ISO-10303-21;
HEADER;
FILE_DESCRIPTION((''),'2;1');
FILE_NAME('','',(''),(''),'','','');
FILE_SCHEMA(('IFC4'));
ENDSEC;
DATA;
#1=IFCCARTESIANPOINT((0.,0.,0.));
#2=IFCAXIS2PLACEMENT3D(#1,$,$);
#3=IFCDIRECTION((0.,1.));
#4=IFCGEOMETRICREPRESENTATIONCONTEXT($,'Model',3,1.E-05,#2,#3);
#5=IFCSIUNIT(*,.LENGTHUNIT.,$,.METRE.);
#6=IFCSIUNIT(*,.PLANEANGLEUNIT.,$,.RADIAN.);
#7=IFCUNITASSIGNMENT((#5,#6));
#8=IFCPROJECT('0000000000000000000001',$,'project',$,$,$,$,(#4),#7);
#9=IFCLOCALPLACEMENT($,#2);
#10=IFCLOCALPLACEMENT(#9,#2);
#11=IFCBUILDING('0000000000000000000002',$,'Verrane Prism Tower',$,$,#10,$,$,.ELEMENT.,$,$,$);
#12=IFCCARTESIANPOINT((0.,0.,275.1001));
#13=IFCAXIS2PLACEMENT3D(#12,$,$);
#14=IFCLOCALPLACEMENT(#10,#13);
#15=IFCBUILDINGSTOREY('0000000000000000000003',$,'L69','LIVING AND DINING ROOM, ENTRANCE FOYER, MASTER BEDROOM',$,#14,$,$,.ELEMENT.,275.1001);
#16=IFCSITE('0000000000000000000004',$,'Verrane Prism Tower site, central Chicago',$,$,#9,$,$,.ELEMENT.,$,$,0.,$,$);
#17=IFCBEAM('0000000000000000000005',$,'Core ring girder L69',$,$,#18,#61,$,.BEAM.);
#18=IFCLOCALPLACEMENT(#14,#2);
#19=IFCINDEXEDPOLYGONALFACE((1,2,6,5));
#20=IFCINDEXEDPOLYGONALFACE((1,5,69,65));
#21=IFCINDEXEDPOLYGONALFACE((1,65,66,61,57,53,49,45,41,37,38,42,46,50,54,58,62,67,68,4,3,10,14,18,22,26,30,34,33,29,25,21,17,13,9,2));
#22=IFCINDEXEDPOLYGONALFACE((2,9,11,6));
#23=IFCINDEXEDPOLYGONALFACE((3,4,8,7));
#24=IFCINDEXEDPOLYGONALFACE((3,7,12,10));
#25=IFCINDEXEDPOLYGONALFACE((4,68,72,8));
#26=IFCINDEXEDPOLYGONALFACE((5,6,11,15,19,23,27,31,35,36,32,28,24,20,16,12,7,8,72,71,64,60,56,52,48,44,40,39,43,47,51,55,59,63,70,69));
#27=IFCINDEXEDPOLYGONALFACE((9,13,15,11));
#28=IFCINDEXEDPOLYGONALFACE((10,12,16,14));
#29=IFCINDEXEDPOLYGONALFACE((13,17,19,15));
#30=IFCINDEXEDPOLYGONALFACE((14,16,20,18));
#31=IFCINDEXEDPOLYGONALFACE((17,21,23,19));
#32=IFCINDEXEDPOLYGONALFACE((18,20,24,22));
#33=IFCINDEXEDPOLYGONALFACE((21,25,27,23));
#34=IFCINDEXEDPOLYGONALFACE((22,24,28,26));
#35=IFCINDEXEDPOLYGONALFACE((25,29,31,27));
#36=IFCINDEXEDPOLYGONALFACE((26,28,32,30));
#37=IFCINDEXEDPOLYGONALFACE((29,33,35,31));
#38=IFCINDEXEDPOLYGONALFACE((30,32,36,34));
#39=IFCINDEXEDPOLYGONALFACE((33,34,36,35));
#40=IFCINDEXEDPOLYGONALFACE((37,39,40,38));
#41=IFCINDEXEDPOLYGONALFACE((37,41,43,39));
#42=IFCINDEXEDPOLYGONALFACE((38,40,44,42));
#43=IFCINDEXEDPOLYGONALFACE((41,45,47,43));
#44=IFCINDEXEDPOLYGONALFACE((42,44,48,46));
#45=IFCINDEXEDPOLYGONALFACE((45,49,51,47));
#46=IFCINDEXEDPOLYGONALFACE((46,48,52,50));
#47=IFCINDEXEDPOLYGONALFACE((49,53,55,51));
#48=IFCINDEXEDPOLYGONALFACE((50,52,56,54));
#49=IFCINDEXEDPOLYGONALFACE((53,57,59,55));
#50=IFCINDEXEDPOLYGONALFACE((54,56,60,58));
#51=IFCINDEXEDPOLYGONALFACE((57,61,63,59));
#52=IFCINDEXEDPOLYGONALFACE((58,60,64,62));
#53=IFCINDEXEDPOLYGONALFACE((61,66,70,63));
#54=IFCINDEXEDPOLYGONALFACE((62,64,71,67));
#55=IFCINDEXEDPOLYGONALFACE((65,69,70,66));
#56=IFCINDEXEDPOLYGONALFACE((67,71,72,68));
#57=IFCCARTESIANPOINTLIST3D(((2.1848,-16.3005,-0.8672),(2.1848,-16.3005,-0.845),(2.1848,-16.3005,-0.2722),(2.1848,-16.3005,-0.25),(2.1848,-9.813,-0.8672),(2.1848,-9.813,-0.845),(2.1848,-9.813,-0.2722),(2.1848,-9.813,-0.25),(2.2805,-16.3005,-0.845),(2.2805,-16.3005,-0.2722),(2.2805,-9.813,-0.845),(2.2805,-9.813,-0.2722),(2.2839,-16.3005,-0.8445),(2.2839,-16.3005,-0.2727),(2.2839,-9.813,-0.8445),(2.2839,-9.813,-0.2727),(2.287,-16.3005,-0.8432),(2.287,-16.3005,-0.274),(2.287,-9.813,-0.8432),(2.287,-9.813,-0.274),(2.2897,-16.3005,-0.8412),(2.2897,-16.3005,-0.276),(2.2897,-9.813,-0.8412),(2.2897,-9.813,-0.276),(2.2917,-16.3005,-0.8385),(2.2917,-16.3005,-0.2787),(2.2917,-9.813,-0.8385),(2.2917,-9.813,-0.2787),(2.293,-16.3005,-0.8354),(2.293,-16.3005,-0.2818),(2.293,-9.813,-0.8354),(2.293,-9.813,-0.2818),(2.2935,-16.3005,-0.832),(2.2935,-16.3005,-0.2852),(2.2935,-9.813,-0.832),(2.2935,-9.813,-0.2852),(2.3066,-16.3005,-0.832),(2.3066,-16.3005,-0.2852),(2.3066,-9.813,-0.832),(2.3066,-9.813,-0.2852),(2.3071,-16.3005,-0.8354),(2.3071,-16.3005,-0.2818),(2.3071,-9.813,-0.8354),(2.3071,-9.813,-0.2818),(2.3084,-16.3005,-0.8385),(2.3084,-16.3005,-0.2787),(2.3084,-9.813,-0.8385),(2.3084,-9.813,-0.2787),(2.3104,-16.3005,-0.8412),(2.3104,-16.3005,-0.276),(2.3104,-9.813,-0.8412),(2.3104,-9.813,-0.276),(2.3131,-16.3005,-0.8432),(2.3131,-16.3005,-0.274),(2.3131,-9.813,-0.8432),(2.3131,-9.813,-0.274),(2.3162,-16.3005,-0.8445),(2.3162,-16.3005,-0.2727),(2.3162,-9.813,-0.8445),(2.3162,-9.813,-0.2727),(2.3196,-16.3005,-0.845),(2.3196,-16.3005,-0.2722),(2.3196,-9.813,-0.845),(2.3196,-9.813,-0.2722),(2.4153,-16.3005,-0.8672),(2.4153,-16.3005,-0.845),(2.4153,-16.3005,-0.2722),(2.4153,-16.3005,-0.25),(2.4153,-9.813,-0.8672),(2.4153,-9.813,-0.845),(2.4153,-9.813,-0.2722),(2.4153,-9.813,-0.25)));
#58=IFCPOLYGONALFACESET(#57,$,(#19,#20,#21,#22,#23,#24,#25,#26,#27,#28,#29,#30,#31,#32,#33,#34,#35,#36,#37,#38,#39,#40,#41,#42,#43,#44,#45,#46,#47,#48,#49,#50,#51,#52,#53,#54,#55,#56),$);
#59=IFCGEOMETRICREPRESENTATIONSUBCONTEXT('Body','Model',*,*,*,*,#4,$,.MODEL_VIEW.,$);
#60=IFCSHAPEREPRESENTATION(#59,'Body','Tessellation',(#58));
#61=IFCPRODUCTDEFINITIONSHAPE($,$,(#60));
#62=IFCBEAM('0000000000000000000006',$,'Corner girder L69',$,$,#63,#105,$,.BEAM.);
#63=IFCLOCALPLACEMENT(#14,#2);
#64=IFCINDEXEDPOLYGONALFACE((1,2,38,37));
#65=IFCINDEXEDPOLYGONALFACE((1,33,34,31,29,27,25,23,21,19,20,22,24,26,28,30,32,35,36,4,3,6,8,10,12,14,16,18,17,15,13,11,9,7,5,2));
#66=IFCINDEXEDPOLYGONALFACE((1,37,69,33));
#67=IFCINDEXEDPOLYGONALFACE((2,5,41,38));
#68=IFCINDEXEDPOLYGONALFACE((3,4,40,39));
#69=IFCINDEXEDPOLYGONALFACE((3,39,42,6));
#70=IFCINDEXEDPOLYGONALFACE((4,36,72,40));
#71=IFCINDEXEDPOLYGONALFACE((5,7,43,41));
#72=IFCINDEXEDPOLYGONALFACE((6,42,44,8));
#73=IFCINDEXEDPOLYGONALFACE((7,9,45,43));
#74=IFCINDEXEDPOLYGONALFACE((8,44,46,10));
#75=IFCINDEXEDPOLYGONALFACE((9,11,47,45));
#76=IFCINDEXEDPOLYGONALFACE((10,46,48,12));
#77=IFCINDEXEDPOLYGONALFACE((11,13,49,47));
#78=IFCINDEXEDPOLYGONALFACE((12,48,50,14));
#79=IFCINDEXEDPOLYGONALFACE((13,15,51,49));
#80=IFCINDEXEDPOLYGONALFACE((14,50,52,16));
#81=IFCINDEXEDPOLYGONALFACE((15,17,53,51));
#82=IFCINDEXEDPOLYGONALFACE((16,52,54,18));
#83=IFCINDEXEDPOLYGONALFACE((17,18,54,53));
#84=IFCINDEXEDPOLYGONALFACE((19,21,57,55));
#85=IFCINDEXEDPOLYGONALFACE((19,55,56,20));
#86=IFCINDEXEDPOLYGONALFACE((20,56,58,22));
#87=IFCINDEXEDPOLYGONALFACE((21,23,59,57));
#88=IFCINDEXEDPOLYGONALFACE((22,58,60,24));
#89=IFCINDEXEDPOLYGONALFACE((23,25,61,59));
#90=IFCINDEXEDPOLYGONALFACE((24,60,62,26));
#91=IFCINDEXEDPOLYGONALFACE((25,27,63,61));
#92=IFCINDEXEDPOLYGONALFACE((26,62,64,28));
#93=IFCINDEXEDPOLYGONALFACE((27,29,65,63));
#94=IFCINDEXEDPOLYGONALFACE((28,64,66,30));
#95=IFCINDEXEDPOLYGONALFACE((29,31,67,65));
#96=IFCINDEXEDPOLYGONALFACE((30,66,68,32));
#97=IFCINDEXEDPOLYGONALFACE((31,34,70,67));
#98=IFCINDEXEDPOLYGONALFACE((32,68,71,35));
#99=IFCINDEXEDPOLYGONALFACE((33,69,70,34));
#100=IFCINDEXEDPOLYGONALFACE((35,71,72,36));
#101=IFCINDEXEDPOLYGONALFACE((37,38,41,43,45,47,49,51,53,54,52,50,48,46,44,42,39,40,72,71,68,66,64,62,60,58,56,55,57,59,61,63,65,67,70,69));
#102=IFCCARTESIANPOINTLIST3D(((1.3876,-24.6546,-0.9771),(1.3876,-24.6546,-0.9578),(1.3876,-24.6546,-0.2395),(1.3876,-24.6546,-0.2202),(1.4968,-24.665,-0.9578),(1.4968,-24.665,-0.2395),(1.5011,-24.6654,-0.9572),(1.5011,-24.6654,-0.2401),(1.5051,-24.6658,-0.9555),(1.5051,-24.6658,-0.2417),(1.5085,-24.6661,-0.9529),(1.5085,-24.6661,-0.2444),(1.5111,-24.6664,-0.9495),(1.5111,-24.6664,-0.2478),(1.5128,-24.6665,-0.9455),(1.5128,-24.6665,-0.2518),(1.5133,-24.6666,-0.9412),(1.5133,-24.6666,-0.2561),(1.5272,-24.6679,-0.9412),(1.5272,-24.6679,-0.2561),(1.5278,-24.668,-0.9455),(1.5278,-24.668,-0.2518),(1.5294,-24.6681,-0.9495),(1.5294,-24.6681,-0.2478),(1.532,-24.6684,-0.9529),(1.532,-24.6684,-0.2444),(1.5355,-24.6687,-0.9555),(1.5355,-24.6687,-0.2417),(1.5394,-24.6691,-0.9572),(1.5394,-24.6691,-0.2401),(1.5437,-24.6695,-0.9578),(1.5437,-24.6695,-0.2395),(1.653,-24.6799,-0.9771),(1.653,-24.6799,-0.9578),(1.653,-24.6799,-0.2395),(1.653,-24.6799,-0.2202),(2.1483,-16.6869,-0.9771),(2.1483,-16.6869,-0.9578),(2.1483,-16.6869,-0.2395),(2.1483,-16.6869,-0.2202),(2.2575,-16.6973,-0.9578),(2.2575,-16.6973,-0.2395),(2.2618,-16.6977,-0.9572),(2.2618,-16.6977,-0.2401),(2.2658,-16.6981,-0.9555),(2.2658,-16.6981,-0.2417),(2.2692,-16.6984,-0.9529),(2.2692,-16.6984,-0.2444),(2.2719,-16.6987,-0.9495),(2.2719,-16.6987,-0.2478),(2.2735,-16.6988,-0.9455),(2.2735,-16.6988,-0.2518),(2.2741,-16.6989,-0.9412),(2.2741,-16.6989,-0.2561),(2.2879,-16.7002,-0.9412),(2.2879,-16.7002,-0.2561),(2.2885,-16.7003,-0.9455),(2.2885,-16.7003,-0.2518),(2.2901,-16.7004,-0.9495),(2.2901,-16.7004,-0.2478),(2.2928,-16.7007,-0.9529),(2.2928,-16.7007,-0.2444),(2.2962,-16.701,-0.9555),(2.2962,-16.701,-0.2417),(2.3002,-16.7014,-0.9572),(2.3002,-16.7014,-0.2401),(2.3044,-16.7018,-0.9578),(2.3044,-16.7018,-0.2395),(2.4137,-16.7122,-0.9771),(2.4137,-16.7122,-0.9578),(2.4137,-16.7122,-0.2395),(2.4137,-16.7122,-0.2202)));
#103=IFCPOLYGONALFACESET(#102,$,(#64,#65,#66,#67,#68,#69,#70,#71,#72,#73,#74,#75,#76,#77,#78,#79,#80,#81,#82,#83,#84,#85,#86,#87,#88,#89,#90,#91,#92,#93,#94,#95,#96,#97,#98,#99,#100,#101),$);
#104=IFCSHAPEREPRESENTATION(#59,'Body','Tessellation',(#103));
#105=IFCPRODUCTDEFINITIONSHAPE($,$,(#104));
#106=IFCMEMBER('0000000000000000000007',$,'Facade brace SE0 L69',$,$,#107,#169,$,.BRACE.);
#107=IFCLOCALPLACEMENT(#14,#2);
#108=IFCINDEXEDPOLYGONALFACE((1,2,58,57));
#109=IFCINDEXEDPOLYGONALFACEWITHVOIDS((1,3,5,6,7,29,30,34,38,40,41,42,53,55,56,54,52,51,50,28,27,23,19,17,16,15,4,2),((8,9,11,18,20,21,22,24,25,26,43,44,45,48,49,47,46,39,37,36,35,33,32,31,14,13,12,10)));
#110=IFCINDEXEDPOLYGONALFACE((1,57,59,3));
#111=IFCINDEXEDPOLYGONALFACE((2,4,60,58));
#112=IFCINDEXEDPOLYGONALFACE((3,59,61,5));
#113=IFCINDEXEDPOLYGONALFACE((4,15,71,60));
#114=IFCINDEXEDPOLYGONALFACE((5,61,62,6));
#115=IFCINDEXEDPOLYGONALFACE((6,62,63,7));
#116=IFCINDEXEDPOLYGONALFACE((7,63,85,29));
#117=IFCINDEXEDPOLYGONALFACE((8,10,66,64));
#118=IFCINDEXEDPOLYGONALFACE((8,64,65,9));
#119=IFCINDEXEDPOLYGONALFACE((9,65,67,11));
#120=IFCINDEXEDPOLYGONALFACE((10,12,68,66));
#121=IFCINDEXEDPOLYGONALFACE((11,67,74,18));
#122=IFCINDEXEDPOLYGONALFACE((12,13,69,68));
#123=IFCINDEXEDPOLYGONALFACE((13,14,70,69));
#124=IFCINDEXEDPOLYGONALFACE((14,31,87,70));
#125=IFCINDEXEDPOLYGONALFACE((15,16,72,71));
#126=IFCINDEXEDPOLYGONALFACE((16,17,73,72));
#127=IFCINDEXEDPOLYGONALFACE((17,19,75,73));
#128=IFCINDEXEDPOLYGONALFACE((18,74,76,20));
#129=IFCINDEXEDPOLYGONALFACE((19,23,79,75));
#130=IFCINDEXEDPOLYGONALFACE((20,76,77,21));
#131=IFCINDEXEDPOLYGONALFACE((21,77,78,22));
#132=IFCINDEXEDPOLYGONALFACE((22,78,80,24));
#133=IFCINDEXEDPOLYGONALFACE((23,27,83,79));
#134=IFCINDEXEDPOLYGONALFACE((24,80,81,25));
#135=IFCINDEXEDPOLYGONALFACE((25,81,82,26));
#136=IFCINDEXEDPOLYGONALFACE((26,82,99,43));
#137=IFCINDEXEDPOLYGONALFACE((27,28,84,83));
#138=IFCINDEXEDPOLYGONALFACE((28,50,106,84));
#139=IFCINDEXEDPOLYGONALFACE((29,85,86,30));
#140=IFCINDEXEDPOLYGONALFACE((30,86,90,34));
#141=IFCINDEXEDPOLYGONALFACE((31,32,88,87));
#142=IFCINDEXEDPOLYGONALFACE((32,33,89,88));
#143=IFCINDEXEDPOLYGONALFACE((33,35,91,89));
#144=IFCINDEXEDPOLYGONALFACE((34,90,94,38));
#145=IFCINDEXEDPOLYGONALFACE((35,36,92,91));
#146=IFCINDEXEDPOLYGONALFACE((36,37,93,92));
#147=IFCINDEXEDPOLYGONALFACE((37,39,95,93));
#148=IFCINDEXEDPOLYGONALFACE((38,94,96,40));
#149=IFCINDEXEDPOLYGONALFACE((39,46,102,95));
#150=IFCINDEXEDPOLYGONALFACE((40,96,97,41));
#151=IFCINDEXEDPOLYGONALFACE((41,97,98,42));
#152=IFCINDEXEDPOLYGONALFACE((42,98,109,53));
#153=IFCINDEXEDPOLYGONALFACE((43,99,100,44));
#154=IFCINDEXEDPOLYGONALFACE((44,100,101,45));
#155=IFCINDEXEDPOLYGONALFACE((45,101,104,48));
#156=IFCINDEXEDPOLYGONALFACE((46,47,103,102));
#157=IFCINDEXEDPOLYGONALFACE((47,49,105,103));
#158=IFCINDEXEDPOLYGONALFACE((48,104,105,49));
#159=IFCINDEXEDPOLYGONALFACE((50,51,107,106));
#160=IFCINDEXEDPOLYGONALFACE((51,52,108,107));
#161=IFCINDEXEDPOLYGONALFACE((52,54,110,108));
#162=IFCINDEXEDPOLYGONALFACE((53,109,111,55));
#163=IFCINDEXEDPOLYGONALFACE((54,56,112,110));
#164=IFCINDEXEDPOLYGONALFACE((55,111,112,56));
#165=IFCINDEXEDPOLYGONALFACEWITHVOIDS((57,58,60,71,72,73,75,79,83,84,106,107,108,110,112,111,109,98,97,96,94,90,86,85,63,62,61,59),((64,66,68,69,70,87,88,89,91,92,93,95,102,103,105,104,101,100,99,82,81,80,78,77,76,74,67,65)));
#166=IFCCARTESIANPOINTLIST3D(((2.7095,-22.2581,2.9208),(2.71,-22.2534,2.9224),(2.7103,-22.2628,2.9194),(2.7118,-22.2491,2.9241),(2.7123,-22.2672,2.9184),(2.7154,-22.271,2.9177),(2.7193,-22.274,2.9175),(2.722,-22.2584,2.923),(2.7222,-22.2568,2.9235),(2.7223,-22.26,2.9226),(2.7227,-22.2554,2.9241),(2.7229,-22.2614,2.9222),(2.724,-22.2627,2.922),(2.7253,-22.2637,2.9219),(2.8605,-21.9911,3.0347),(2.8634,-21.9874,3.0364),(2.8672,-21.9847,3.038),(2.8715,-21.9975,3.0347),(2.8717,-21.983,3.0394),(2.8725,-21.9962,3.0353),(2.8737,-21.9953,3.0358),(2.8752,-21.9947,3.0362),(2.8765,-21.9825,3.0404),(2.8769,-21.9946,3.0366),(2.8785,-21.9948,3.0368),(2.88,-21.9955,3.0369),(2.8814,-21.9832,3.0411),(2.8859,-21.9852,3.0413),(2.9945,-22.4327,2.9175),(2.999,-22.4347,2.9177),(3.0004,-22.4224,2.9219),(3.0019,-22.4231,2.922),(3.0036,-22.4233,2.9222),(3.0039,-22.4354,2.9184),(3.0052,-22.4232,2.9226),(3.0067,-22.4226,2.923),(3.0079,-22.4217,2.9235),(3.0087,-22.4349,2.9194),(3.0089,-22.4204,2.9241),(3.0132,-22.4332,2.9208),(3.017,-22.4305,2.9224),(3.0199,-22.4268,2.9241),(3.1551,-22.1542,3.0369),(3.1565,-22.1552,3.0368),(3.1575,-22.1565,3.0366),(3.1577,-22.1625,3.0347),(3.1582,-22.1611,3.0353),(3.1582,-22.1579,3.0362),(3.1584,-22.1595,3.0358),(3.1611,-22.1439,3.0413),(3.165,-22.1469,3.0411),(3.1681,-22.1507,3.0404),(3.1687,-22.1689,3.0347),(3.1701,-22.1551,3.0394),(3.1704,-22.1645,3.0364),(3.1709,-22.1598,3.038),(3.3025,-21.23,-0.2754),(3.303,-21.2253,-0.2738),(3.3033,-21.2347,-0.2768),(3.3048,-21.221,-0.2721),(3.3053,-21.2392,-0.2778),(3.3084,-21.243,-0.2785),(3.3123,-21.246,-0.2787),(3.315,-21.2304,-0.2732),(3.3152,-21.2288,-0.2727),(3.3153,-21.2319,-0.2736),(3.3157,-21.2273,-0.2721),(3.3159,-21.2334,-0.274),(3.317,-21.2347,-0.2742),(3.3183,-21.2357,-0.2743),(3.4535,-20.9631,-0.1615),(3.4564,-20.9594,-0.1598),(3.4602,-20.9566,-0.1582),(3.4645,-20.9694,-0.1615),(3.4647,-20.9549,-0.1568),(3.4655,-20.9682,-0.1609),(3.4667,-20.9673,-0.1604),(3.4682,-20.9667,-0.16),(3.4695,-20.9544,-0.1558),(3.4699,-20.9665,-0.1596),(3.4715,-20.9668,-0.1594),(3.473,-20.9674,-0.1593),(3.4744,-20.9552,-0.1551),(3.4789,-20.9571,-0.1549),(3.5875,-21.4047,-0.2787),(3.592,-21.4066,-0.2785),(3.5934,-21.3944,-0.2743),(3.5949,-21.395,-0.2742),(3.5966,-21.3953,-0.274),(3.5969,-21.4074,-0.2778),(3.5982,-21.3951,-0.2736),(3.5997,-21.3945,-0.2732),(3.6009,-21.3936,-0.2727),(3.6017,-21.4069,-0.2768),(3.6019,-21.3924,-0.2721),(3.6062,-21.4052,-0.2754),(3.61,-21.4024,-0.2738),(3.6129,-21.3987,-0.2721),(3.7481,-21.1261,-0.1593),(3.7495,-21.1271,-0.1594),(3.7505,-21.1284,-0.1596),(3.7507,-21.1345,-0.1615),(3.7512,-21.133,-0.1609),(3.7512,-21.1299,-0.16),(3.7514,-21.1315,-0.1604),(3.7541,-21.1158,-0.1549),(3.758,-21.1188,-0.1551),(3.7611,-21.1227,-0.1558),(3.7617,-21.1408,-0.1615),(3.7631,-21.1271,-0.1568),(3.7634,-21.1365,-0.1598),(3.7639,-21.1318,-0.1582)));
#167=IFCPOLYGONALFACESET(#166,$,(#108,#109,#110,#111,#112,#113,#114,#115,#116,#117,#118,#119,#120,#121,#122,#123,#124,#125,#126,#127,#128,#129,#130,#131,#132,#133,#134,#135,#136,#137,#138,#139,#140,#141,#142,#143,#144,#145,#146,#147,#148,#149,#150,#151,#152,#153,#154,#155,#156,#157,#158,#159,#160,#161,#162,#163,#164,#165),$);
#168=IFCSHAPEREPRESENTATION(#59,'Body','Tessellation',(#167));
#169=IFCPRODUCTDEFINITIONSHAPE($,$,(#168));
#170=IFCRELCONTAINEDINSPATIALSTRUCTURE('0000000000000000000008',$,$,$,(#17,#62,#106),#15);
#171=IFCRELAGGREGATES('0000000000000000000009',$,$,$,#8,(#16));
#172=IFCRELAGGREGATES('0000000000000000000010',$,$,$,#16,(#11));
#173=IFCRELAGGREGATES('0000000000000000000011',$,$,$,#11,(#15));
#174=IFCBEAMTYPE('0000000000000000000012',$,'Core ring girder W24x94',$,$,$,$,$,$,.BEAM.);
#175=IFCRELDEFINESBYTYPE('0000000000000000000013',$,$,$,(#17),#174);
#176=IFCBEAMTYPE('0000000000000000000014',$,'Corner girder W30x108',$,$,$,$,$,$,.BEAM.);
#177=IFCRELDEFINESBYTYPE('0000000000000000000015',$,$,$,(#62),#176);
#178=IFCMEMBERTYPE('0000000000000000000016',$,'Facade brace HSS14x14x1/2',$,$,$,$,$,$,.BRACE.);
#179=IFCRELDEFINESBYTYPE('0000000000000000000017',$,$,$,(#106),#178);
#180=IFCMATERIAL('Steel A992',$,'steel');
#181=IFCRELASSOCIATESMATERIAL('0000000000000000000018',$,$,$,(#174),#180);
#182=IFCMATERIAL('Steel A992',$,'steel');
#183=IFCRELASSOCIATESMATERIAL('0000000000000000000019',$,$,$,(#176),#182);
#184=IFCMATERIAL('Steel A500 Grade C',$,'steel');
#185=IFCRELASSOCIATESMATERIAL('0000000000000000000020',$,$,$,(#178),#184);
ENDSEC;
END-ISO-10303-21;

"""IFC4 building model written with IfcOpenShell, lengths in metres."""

from ifc_helpers import new_model, si_unit, direction, frame, origin, origin_2d, place, context, subcontext, project, spatial, hollow_rectangle, i_section, extrude, material, material_profile, profile_set, type_object, element, save


model = new_model("IFC4")

# Units and contexts
model_context = context("Model", 3, precision=1e-05, world=origin(), true_north=direction((0.0, 1.0)))
body_context = subcontext(model_context, "Body", "Model", "MODEL_VIEW")
ifc_project = project(units=[si_unit("LENGTHUNIT", "METRE"), si_unit("PLANEANGLEUNIT", "RADIAN")], contexts=[model_context])

# Site, building, storey
site_placement = place(None, origin())
site = spatial("IfcSite", under=ifc_project, at=site_placement, Name="Verrane Prism Tower site, central Chicago", CompositionType="ELEMENT", RefElevation=0.0)
building_placement = place(site_placement, origin())
building = spatial("IfcBuilding", under=site, at=building_placement, Name="Verrane Prism Tower", CompositionType="ELEMENT")
storey_placement = place(building_placement, frame((0.0, 0.0, 275.1001)))
storey = spatial("IfcBuildingStorey", under=building, at=storey_placement, Name="L69", Description="LIVING AND DINING ROOM, ENTRANCE FOYER, MASTER BEDROOM", CompositionType="ELEMENT", Elevation=275.1001)

# Beams
ifc_material_1 = material(Name="Steel A992", Category="steel")
ifc_material_profile_1 = material_profile(ifc_material_1, i_section(OverallWidth=0.2305, OverallDepth=0.6172, WebThickness=0.0132, FlangeThickness=0.0222, FilletRadius=0.0129, at=origin_2d()), Name="W24x94")
ifc_profile_set_1 = profile_set([ifc_material_profile_1], Name="Steel A992")
beam_type_1 = type_object("IfcBeamType", Name="Core ring girder W24x94", PredefinedType="BEAM", material=ifc_profile_set_1)
beam_1_placement = place(storey_placement, frame((2.3, -16.3005, -0.5586), z_axis=(0.0, 1.0, 0.0), x_axis=(-1.0, 0.0, 0.0)))
element("IfcBeam", 1, at=beam_1_placement, inside=storey, type_object=beam_type_1, Name="Core ring girder L69", PredefinedType="BEAM", context=body_context, shape_type="SweptSolid", body=[
    extrude(i_section(OverallWidth=0.2305, OverallDepth=0.6172, WebThickness=0.0132, FlangeThickness=0.0222, FilletRadius=0.0129, at=origin_2d()), origin(), (0.0, 0.0, 1.0), 6.4875),
])
ifc_material_2 = material(Name="Steel A992", Category="steel")
ifc_material_profile_2 = material_profile(ifc_material_2, i_section(OverallWidth=0.2666, OverallDepth=0.7568, WebThickness=0.0139, FlangeThickness=0.0193, FilletRadius=0.0166, at=origin_2d()), Name="W30x108")
ifc_profile_set_2 = profile_set([ifc_material_profile_2], Name="Steel A992")
beam_type_2 = type_object("IfcBeamType", Name="Corner girder W30x108", PredefinedType="BEAM", material=ifc_profile_set_2)
beam_2_placement = place(storey_placement, frame((1.5203, -24.6672, -0.5986), z_axis=(0.095045, 0.995473, 0.0), x_axis=(-0.995473, 0.095045, 0.0)))
element("IfcBeam", 2, at=beam_2_placement, inside=storey, type_object=beam_type_2, Name="Corner girder L69", PredefinedType="BEAM", context=body_context, shape_type="SweptSolid", body=[
    extrude(i_section(OverallWidth=0.2666, OverallDepth=0.7568, WebThickness=0.0139, FlangeThickness=0.0193, FilletRadius=0.0166, at=origin_2d()), origin(), (0.0, 0.0, 1.0), 8.0039),
])

# Member
ifc_material_3 = material(Name="Steel A500 Grade C", Category="steel")
ifc_material_profile_3 = material_profile(ifc_material_3, hollow_rectangle(XDim=0.3557, YDim=0.3557, WallThickness=0.0127, InnerFilletRadius=0.0063, OuterFilletRadius=0.019, at=origin_2d()), Name="HSS14x14x1/2")
ifc_profile_set_3 = profile_set([ifc_material_profile_3], Name="Steel A500 Grade C")
member_type_1 = type_object("IfcMemberType", Name="Facade brace HSS14x14x1/2", PredefinedType="BRACE", material=ifc_profile_set_3)
member_1_placement = place(storey_placement, frame((3.5332, -21.1809, -0.2168), z_axis=(-0.17393, -0.30153, 0.937458), x_axis=(0.866223, -0.499657, 0.0)))
element("IfcMember", 3, at=member_1_placement, inside=storey, type_object=member_type_1, Name="Facade brace SE0 L69", PredefinedType="BRACE", context=body_context, shape_type="SweptSolid", body=[
    extrude(hollow_rectangle(XDim=0.3557, YDim=0.3557, WallThickness=0.0127, InnerFilletRadius=0.0063, OuterFilletRadius=0.019, at=origin_2d()), origin(), (0.0, 0.0, 1.0), 3.4094),
])

save(model, "model.ifc")
